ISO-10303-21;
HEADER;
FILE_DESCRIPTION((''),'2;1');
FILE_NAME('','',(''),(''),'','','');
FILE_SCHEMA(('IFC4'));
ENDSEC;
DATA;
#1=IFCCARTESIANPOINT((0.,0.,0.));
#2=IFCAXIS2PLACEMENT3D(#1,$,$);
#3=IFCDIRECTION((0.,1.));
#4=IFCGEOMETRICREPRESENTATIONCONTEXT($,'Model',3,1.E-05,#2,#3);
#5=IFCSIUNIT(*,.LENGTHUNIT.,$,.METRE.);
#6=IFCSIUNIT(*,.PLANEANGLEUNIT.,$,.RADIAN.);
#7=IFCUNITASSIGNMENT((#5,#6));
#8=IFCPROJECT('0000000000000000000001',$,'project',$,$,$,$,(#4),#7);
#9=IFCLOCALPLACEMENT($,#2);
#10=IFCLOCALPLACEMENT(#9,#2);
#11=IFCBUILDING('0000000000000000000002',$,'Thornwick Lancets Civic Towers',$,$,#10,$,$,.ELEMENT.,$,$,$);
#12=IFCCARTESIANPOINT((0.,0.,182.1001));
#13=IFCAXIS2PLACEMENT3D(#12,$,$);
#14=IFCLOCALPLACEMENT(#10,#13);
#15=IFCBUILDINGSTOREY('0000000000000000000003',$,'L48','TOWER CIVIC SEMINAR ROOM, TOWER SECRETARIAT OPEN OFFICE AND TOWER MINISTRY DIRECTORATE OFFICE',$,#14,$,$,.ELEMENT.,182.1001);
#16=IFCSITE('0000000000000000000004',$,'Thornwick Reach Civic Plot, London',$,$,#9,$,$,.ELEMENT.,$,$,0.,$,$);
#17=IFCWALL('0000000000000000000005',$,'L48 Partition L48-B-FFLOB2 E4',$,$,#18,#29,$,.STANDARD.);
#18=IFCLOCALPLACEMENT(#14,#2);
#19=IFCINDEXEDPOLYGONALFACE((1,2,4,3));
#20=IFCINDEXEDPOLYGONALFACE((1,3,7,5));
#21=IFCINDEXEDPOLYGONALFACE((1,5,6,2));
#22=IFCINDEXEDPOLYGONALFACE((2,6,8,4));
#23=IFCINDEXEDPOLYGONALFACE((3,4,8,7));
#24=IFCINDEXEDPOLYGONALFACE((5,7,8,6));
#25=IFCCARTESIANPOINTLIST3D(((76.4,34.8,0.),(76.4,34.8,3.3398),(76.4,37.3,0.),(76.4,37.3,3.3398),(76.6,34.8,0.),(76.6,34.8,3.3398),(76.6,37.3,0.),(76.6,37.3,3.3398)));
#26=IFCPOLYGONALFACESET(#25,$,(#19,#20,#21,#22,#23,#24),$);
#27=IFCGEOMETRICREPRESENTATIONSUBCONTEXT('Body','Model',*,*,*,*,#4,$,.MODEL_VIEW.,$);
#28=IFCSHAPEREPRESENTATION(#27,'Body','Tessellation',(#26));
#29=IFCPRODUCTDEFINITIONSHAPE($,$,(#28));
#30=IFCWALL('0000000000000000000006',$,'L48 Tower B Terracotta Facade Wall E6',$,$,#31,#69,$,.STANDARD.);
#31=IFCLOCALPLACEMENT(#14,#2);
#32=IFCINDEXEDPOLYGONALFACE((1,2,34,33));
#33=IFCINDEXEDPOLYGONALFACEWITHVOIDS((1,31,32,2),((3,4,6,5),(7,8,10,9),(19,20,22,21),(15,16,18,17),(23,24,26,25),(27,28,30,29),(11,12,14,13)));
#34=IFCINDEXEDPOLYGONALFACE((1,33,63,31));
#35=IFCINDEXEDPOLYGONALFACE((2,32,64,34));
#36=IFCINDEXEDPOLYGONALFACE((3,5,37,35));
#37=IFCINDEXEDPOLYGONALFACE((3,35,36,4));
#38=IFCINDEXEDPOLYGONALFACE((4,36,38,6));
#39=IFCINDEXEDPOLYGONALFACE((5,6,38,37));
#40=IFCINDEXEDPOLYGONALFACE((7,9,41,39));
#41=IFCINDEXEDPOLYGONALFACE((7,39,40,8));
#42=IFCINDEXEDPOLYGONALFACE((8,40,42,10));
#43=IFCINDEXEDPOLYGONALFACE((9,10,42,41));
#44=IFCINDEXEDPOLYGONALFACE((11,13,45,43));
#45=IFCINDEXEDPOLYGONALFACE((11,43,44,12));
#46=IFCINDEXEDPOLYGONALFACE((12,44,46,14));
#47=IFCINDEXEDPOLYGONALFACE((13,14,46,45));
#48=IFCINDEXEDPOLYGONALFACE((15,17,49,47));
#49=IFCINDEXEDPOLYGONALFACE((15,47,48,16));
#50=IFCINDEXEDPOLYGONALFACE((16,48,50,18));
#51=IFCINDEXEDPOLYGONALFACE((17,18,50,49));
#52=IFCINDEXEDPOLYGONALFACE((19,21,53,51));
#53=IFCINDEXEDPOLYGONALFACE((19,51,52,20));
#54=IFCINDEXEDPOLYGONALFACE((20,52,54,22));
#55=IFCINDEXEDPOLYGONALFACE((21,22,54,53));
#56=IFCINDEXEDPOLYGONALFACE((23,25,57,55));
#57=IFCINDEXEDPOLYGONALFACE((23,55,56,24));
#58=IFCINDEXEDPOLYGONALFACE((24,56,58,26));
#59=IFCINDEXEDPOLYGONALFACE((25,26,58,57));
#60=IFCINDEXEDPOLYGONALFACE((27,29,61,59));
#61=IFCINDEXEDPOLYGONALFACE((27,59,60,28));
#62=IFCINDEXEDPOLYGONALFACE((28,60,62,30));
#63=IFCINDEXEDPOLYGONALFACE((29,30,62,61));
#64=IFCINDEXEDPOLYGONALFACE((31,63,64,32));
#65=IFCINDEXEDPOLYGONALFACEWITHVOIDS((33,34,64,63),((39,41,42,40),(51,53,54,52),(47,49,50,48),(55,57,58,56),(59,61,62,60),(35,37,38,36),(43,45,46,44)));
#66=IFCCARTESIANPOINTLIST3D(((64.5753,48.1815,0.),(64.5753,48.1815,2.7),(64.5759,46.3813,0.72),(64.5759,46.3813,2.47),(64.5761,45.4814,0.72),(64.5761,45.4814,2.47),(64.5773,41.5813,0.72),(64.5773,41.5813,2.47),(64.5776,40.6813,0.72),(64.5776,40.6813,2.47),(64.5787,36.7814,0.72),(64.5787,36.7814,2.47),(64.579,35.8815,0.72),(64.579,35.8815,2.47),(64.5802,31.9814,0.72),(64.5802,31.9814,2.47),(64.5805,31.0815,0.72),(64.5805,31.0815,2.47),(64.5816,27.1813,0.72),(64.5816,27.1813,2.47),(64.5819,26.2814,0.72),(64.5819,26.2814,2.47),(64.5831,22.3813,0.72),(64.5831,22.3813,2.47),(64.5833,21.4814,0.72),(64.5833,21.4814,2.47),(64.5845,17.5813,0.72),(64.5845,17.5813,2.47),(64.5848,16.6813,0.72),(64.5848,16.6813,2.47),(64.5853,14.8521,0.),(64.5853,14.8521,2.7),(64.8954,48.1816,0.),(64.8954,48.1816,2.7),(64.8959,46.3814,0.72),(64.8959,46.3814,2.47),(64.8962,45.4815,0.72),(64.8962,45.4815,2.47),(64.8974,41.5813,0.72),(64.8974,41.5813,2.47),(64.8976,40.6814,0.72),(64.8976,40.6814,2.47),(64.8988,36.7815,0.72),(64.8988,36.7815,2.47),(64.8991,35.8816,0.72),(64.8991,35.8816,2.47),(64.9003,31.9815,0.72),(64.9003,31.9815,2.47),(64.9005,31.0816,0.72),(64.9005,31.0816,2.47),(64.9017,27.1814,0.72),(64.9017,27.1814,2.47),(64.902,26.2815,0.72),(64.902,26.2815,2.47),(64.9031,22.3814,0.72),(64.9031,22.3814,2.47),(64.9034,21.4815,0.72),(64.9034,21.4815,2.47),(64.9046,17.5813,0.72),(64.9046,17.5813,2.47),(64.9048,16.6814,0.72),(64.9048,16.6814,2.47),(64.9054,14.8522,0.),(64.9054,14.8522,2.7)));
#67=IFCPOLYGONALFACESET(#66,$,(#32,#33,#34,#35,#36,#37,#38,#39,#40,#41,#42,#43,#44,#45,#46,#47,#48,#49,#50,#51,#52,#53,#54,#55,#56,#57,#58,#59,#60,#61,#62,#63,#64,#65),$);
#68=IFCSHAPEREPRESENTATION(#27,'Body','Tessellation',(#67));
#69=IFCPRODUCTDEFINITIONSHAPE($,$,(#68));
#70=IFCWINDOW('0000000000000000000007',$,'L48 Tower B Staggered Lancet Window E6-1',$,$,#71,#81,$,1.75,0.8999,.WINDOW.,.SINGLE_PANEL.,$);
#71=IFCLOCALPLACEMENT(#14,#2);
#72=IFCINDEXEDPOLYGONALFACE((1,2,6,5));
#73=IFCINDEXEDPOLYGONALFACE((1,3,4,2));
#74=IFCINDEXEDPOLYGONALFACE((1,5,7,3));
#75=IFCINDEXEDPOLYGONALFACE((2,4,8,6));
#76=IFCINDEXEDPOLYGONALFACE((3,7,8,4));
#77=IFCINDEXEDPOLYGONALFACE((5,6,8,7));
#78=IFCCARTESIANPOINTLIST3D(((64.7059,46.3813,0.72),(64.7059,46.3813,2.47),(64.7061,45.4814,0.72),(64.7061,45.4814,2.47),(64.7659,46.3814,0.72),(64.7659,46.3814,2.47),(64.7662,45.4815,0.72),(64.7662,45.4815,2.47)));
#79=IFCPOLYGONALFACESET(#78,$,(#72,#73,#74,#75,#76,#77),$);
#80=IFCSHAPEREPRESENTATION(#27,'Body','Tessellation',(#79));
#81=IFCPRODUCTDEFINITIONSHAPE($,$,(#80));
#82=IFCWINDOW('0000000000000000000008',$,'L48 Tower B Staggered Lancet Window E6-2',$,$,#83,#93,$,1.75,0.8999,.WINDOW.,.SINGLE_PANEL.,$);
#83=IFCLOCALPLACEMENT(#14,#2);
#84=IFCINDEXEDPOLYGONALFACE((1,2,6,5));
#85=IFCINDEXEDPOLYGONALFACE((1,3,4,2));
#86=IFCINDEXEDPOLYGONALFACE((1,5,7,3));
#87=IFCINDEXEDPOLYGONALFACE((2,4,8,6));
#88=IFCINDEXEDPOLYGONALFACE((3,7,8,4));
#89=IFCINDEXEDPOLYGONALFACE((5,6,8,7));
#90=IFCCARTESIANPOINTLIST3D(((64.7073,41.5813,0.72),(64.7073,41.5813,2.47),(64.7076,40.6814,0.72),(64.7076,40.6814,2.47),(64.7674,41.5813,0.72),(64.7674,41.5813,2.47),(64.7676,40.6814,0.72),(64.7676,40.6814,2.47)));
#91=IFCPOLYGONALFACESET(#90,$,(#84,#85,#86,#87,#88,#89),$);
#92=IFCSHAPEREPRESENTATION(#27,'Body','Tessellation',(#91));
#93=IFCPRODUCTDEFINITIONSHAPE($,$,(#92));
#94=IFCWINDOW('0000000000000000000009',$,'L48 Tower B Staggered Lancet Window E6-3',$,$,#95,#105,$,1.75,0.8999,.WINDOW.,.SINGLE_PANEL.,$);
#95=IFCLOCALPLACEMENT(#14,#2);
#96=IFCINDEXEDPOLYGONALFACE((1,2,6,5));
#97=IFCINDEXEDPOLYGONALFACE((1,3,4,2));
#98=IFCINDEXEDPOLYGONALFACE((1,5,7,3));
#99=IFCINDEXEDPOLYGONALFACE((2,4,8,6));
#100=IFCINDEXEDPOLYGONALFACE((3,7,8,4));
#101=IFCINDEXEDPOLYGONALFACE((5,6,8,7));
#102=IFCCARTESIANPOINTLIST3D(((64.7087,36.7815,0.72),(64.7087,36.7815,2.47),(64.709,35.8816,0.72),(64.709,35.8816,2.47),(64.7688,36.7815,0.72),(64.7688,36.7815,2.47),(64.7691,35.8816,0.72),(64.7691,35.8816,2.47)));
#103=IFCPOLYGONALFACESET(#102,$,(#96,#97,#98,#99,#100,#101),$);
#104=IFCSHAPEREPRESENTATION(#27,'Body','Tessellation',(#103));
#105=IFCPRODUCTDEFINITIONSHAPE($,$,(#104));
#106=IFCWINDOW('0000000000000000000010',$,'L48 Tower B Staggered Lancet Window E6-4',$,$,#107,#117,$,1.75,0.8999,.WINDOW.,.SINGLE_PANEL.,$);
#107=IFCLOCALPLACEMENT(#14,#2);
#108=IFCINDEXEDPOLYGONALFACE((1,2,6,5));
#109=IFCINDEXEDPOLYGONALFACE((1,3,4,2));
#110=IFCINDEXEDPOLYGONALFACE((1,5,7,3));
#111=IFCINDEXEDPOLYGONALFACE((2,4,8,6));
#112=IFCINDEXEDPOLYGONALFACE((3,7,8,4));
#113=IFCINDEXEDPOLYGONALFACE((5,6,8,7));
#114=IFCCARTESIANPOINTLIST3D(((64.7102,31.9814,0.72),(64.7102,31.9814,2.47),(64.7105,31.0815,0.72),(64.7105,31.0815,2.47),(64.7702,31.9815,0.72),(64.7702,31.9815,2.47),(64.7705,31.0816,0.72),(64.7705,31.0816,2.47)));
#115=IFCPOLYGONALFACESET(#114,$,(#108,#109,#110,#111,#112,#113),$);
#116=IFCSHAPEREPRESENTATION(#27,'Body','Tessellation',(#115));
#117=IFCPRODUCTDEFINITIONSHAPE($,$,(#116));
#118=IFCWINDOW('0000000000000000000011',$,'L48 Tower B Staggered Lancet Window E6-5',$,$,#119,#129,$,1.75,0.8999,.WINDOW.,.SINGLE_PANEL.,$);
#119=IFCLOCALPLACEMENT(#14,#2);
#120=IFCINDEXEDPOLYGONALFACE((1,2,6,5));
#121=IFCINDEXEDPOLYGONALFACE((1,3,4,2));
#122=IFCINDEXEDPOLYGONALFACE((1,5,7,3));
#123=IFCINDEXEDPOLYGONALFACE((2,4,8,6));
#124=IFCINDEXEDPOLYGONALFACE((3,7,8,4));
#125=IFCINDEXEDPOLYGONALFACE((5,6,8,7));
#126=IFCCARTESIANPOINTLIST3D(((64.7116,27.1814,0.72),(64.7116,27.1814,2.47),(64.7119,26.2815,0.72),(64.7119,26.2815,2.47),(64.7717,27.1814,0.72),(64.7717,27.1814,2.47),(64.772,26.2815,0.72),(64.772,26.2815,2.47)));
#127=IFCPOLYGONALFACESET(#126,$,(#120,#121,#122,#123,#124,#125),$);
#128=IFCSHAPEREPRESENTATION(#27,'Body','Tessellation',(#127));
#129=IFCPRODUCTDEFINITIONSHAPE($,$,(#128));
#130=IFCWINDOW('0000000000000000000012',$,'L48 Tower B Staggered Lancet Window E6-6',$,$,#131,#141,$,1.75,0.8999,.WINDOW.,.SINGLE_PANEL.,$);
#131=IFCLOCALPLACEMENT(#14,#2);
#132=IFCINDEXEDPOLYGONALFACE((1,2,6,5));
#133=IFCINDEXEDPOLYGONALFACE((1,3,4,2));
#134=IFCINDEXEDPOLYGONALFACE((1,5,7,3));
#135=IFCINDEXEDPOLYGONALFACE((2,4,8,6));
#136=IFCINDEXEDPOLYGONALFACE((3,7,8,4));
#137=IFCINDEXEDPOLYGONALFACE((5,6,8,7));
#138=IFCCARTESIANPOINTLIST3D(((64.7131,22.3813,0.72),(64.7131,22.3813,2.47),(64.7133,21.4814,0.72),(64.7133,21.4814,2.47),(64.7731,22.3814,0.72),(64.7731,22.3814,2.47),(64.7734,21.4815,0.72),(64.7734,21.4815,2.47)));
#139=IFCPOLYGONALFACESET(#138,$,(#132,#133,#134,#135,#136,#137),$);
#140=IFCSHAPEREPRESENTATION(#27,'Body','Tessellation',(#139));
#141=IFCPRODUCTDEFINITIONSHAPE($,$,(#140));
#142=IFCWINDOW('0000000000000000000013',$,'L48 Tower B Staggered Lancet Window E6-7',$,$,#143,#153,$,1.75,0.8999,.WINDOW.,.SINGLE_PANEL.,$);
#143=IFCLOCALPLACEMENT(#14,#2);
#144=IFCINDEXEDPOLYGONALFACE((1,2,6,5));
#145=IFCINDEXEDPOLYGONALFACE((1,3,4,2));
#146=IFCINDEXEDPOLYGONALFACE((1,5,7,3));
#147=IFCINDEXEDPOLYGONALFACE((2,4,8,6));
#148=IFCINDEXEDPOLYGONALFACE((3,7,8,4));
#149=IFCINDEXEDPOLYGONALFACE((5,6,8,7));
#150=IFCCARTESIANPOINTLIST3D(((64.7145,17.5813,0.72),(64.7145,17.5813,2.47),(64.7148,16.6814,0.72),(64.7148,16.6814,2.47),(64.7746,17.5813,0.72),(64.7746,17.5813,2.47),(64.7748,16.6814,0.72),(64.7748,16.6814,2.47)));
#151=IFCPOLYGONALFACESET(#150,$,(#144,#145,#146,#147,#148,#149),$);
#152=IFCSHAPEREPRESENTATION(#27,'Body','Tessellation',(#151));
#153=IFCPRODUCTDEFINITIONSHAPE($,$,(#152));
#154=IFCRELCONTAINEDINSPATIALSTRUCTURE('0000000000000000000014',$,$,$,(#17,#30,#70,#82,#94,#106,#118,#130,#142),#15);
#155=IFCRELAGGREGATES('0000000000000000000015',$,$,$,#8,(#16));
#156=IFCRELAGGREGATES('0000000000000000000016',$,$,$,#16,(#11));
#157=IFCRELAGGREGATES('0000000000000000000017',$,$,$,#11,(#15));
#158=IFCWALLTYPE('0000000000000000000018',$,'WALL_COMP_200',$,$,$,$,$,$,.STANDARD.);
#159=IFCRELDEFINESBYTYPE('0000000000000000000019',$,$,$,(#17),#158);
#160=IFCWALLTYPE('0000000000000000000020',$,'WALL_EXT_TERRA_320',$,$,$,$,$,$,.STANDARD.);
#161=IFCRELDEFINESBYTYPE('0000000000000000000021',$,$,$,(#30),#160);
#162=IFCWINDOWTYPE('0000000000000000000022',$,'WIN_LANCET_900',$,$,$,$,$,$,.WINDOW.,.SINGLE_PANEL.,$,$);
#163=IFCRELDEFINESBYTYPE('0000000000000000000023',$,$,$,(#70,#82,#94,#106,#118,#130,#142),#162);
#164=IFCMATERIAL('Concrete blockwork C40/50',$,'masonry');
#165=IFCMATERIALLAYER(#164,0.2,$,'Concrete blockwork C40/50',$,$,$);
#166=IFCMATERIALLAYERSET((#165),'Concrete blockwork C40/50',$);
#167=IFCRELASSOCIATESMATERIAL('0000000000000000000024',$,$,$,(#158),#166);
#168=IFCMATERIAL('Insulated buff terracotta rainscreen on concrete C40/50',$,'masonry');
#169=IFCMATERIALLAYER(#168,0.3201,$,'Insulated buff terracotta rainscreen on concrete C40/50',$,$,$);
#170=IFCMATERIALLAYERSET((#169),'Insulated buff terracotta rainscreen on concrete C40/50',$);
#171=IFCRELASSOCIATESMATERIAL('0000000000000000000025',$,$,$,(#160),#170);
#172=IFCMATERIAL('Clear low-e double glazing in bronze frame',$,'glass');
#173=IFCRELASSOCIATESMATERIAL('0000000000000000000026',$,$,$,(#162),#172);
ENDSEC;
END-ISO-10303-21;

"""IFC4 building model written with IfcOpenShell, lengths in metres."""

from ifc_helpers import new_model, si_unit, direction, frame, frame_2d, origin, place, context, subcontext, project, spatial, rectangle, extrude, material, layer, layer_set, type_object, element, fill, save


model = new_model("IFC4")

# Units and contexts
model_context = context("Model", 3, precision=1e-05, world=origin(), true_north=direction((0.0, 1.0)))
body_context = subcontext(model_context, "Body", "Model", "MODEL_VIEW")
ifc_project = project(units=[si_unit("LENGTHUNIT", "METRE"), si_unit("PLANEANGLEUNIT", "RADIAN")], contexts=[model_context])

# Site, building, storey
site_placement = place(None, origin())
site = spatial("IfcSite", under=ifc_project, at=site_placement, Name="Thornwick Reach Civic Plot, London", CompositionType="ELEMENT", RefElevation=0.0)
building_placement = place(site_placement, origin())
building = spatial("IfcBuilding", under=site, at=building_placement, Name="Thornwick Lancets Civic Towers", CompositionType="ELEMENT")
storey_placement = place(building_placement, frame((0.0, 0.0, 182.1001)))
storey = spatial("IfcBuildingStorey", under=building, at=storey_placement, Name="L48", Description="TOWER CIVIC SEMINAR ROOM, TOWER SECRETARIAT OPEN OFFICE AND TOWER MINISTRY DIRECTORATE OFFICE", CompositionType="ELEMENT", Elevation=182.1001)

# Wall
ifc_material_1 = material(Name="Concrete blockwork C40/50", Category="masonry")
ifc_layer_1 = layer(ifc_material_1, 0.2, Name="Concrete blockwork C40/50")
ifc_layer_set_1 = layer_set([ifc_layer_1], Name="Concrete blockwork C40/50")
wall_type_1 = type_object("IfcWallType", Name="WALL_COMP_200", PredefinedType="STANDARD", material=ifc_layer_set_1)
wall_1_placement = place(storey_placement, frame((76.5, 37.3, 0.0), z_axis=(0.0, 0.0, 1.0), x_axis=(0.0, -1.0, 0.0)))
element("IfcWall", 1, at=wall_1_placement, inside=storey, type_object=wall_type_1, Name="L48 Partition L48-B-FFLOB2 E4", PredefinedType="STANDARD", context=body_context, shape_type="SweptSolid", body=[
    extrude(rectangle(XDim=2.5, YDim=0.2, at=frame_2d((1.25, 0.0))), origin(), (0.0, 0.0, 1.0), 3.3398),
])

# Wall, openings, windows
ifc_material_2 = material(Name="Insulated buff terracotta rainscreen on concrete C40/50", Category="masonry")
ifc_layer_2 = layer(ifc_material_2, 0.3201, Name="Insulated buff terracotta rainscreen on concrete C40/50")
ifc_layer_set_2 = layer_set([ifc_layer_2], Name="Insulated buff terracotta rainscreen on concrete C40/50")
wall_type_2 = type_object("IfcWallType", Name="WALL_EXT_TERRA_320", PredefinedType="STANDARD", material=ifc_layer_set_2)
wall_2_placement = place(storey_placement, frame((64.7354, 48.1814, 0.0), z_axis=(0.0, 0.0, 1.0), x_axis=(0.0003, -1.0, 0.0)))
wall_2 = element("IfcWall", 2, at=wall_2_placement, inside=storey, type_object=wall_type_2, Name="L48 Tower B Terracotta Facade Wall E6", PredefinedType="STANDARD", context=body_context, shape_type="SweptSolid", body=[
    extrude(rectangle(XDim=33.3293, YDim=0.3201, at=frame_2d((16.6646, 0.0))), origin(), (0.0, 0.0, 1.0), 2.7),
])
opening_1_placement = place(wall_2_placement, frame((1.8, 0.0, 0.72)))
opening_1 = element("IfcOpeningElement", 3, at=opening_1_placement, cuts=wall_2, PredefinedType="OPENING", context=body_context, shape_type="SweptSolid", body=[
    extrude(rectangle(XDim=0.8999, YDim=1.75, at=frame_2d((0.45, 0.875))), frame((0.0, 0.1699, 0.0), z_axis=(0.0, -1.0, 0.0), x_axis=(1.0, 0.0, 0.0)), (0.0, 0.0, 1.0), 0.3401),
])
opening_2_placement = place(wall_2_placement, frame((6.6001, 0.0, 0.72)))
opening_2 = element("IfcOpeningElement", 4, at=opening_2_placement, cuts=wall_2, PredefinedType="OPENING", context=body_context, shape_type="SweptSolid", body=[
    extrude(rectangle(XDim=0.8999, YDim=1.75, at=frame_2d((0.45, 0.875))), frame((0.0, 0.1699, 0.0), z_axis=(0.0, -1.0, 0.0), x_axis=(1.0, 0.0, 0.0)), (0.0, 0.0, 1.0), 0.3401),
])
opening_3_placement = place(wall_2_placement, frame((11.3999, 0.0, 0.72)))
opening_3 = element("IfcOpeningElement", 5, at=opening_3_placement, cuts=wall_2, PredefinedType="OPENING", context=body_context, shape_type="SweptSolid", body=[
    extrude(rectangle(XDim=0.8999, YDim=1.75, at=frame_2d((0.45, 0.875))), frame((0.0, 0.1699, 0.0), z_axis=(0.0, -1.0, 0.0), x_axis=(1.0, 0.0, 0.0)), (0.0, 0.0, 1.0), 0.3401),
])
opening_4_placement = place(wall_2_placement, frame((16.2, 0.0, 0.72)))
opening_4 = element("IfcOpeningElement", 6, at=opening_4_placement, cuts=wall_2, PredefinedType="OPENING", context=body_context, shape_type="SweptSolid", body=[
    extrude(rectangle(XDim=0.8999, YDim=1.75, at=frame_2d((0.45, 0.875))), frame((0.0, 0.1699, 0.0), z_axis=(0.0, -1.0, 0.0), x_axis=(1.0, 0.0, 0.0)), (0.0, 0.0, 1.0), 0.3401),
])
opening_5_placement = place(wall_2_placement, frame((21.0, 0.0, 0.72)))
opening_5 = element("IfcOpeningElement", 7, at=opening_5_placement, cuts=wall_2, PredefinedType="OPENING", context=body_context, shape_type="SweptSolid", body=[
    extrude(rectangle(XDim=0.8999, YDim=1.75, at=frame_2d((0.45, 0.875))), frame((0.0, 0.1699, 0.0), z_axis=(0.0, -1.0, 0.0), x_axis=(1.0, 0.0, 0.0)), (0.0, 0.0, 1.0), 0.3401),
])
opening_6_placement = place(wall_2_placement, frame((25.8, 0.0, 0.72)))
opening_6 = element("IfcOpeningElement", 8, at=opening_6_placement, cuts=wall_2, PredefinedType="OPENING", context=body_context, shape_type="SweptSolid", body=[
    extrude(rectangle(XDim=0.8999, YDim=1.75, at=frame_2d((0.45, 0.875))), frame((0.0, 0.1699, 0.0), z_axis=(0.0, -1.0, 0.0), x_axis=(1.0, 0.0, 0.0)), (0.0, 0.0, 1.0), 0.3401),
])
opening_7_placement = place(wall_2_placement, frame((30.6001, 0.0, 0.72)))
opening_7 = element("IfcOpeningElement", 9, at=opening_7_placement, cuts=wall_2, PredefinedType="OPENING", context=body_context, shape_type="SweptSolid", body=[
    extrude(rectangle(XDim=0.8999, YDim=1.75, at=frame_2d((0.45, 0.875))), frame((0.0, 0.1699, 0.0), z_axis=(0.0, -1.0, 0.0), x_axis=(1.0, 0.0, 0.0)), (0.0, 0.0, 1.0), 0.3401),
])
ifc_material_3 = material(Name="Clear low-e double glazing in bronze frame", Category="glass")
window_type = type_object("IfcWindowType", Name="WIN_LANCET_900", PartitioningType="SINGLE_PANEL", PredefinedType="WINDOW", material=ifc_material_3)
window_1_placement = place(opening_1_placement, origin())
window_1 = element("IfcWindow", 10, at=window_1_placement, inside=storey, type_object=window_type, Name="L48 Tower B Staggered Lancet Window E6-1", OverallHeight=1.75, OverallWidth=0.8999, PartitioningType="SINGLE_PANEL", PredefinedType="WINDOW", context=body_context, shape_type="SweptSolid", body=[
    extrude(rectangle(XDim=0.8999, YDim=1.75, at=frame_2d((0.45, 0.875))), frame((0.0, 0.03, 0.0), z_axis=(0.0, -1.0, 0.0), x_axis=(1.0, 0.0, 0.0)), (0.0, 0.0, 1.0), 0.0601),
])
fill(opening_1, window_1)
window_2_placement = place(opening_2_placement, origin())
window_2 = element("IfcWindow", 11, at=window_2_placement, inside=storey, type_object=window_type, Name="L48 Tower B Staggered Lancet Window E6-2", OverallHeight=1.75, OverallWidth=0.8999, PartitioningType="SINGLE_PANEL", PredefinedType="WINDOW", context=body_context, shape_type="SweptSolid", body=[
    extrude(rectangle(XDim=0.8999, YDim=1.75, at=frame_2d((0.45, 0.875))), frame((0.0, 0.03, 0.0), z_axis=(0.0, -1.0, 0.0), x_axis=(1.0, 0.0, 0.0)), (0.0, 0.0, 1.0), 0.0601),
])
fill(opening_2, window_2)
window_3_placement = place(opening_3_placement, origin())
window_3 = element("IfcWindow", 12, at=window_3_placement, inside=storey, type_object=window_type, Name="L48 Tower B Staggered Lancet Window E6-3", OverallHeight=1.75, OverallWidth=0.8999, PartitioningType="SINGLE_PANEL", PredefinedType="WINDOW", context=body_context, shape_type="SweptSolid", body=[
    extrude(rectangle(XDim=0.8999, YDim=1.75, at=frame_2d((0.45, 0.875))), frame((0.0, 0.03, 0.0), z_axis=(0.0, -1.0, 0.0), x_axis=(1.0, 0.0, 0.0)), (0.0, 0.0, 1.0), 0.0601),
])
fill(opening_3, window_3)
window_4_placement = place(opening_4_placement, origin())
window_4 = element("IfcWindow", 13, at=window_4_placement, inside=storey, type_object=window_type, Name="L48 Tower B Staggered Lancet Window E6-4", OverallHeight=1.75, OverallWidth=0.8999, PartitioningType="SINGLE_PANEL", PredefinedType="WINDOW", context=body_context, shape_type="SweptSolid", body=[
    extrude(rectangle(XDim=0.8999, YDim=1.75, at=frame_2d((0.45, 0.875))), frame((0.0, 0.03, 0.0), z_axis=(0.0, -1.0, 0.0), x_axis=(1.0, 0.0, 0.0)), (0.0, 0.0, 1.0), 0.0601),
])
fill(opening_4, window_4)
window_5_placement = place(opening_5_placement, origin())
window_5 = element("IfcWindow", 14, at=window_5_placement, inside=storey, type_object=window_type, Name="L48 Tower B Staggered Lancet Window E6-5", OverallHeight=1.75, OverallWidth=0.8999, PartitioningType="SINGLE_PANEL", PredefinedType="WINDOW", context=body_context, shape_type="SweptSolid", body=[
    extrude(rectangle(XDim=0.8999, YDim=1.75, at=frame_2d((0.45, 0.875))), frame((0.0, 0.03, 0.0), z_axis=(0.0, -1.0, 0.0), x_axis=(1.0, 0.0, 0.0)), (0.0, 0.0, 1.0), 0.0601),
])
fill(opening_5, window_5)
window_6_placement = place(opening_6_placement, origin())
window_6 = element("IfcWindow", 15, at=window_6_placement, inside=storey, type_object=window_type, Name="L48 Tower B Staggered Lancet Window E6-6", OverallHeight=1.75, OverallWidth=0.8999, PartitioningType="SINGLE_PANEL", PredefinedType="WINDOW", context=body_context, shape_type="SweptSolid", body=[
    extrude(rectangle(XDim=0.8999, YDim=1.75, at=frame_2d((0.45, 0.875))), frame((0.0, 0.03, 0.0), z_axis=(0.0, -1.0, 0.0), x_axis=(1.0, 0.0, 0.0)), (0.0, 0.0, 1.0), 0.0601),
])
fill(opening_6, window_6)
window_7_placement = place(opening_7_placement, origin())
window_7 = element("IfcWindow", 16, at=window_7_placement, inside=storey, type_object=window_type, Name="L48 Tower B Staggered Lancet Window E6-7", OverallHeight=1.75, OverallWidth=0.8999, PartitioningType="SINGLE_PANEL", PredefinedType="WINDOW", context=body_context, shape_type="SweptSolid", body=[
    extrude(rectangle(XDim=0.8999, YDim=1.75, at=frame_2d((0.45, 0.875))), frame((0.0, 0.03, 0.0), z_axis=(0.0, -1.0, 0.0), x_axis=(1.0, 0.0, 0.0)), (0.0, 0.0, 1.0), 0.0601),
])
fill(opening_7, window_7)

save(model, "model.ifc")
